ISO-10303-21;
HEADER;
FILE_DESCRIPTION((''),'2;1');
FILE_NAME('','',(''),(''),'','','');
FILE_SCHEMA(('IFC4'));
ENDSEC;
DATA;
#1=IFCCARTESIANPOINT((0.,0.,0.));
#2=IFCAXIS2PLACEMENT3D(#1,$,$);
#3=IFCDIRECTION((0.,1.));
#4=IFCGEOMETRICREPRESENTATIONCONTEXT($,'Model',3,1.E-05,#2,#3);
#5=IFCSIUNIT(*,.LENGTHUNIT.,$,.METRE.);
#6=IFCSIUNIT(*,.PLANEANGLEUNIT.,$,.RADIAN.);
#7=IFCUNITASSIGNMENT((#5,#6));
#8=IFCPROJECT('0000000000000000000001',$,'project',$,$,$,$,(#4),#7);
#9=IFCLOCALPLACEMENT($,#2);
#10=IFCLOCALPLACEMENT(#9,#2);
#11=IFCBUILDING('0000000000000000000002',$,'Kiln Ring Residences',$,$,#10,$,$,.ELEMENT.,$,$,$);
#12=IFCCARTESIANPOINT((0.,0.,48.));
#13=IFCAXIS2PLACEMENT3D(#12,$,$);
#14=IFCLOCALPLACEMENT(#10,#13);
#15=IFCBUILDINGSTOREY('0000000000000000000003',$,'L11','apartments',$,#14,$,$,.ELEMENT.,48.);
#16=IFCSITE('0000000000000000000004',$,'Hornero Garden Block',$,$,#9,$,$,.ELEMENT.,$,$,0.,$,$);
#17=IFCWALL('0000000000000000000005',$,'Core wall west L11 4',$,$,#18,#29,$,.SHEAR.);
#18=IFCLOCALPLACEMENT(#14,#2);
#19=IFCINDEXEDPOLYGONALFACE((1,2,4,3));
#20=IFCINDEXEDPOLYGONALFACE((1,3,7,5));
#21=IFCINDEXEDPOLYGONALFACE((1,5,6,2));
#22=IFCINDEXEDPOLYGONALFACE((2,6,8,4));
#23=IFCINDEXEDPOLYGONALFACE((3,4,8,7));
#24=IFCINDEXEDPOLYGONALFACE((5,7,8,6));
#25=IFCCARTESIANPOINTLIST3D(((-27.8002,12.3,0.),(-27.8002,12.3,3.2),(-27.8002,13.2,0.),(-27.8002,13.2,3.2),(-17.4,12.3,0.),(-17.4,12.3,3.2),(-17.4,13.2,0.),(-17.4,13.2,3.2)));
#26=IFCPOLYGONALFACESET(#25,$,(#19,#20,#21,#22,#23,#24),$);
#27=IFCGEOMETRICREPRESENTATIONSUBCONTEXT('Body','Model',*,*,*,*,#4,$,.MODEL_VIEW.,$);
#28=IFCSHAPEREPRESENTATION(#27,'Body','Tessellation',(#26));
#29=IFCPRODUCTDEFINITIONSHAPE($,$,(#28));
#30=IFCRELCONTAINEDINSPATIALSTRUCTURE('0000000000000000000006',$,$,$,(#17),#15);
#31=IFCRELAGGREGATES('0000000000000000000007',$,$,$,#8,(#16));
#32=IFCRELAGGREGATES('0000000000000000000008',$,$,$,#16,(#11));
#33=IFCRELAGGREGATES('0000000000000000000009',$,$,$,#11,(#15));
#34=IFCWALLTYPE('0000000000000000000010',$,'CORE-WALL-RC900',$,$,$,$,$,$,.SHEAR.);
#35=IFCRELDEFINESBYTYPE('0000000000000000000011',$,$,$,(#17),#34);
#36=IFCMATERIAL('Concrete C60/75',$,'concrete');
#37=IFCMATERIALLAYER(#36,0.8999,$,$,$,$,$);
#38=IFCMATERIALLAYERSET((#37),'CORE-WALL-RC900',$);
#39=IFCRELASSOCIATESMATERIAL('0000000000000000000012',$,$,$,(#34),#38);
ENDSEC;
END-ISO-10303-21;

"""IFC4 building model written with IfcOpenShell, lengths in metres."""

from ifc_helpers import new_model, si_unit, direction, frame, frame_2d, origin, place, context, subcontext, project, spatial, rectangle, extrude, material, layer, layer_set, type_object, element, save


model = new_model("IFC4")

# Units and contexts
model_context = context("Model", 3, precision=1e-05, world=origin(), true_north=direction((0.0, 1.0)))
body_context = subcontext(model_context, "Body", "Model", "MODEL_VIEW")
ifc_project = project(units=[si_unit("LENGTHUNIT", "METRE"), si_unit("PLANEANGLEUNIT", "RADIAN")], contexts=[model_context])

# Site, building, storey
site_placement = place(None, origin())
site = spatial("IfcSite", under=ifc_project, at=site_placement, Name="Hornero Garden Block", CompositionType="ELEMENT", RefElevation=0.0)
building_placement = place(site_placement, origin())
building = spatial("IfcBuilding", under=site, at=building_placement, Name="Kiln Ring Residences", CompositionType="ELEMENT")
storey_placement = place(building_placement, frame((0.0, 0.0, 48.0)))
storey = spatial("IfcBuildingStorey", under=building, at=storey_placement, Name="L11", Description="apartments", CompositionType="ELEMENT", Elevation=48.0)

# Wall
ifc_material_1 = material(Name="Concrete C60/75", Category="concrete")
ifc_layer_1 = layer(ifc_material_1, 0.8999)
ifc_layer_set_1 = layer_set([ifc_layer_1], Name="CORE-WALL-RC900")
wall_type_1 = type_object("IfcWallType", Name="CORE-WALL-RC900", PredefinedType="SHEAR", material=ifc_layer_set_1)
wall_1_placement = place(storey_placement, frame((-17.3999, 12.75, 0.0), z_axis=(0.0, 0.0, 1.0), x_axis=(-1.0, 0.0, 0.0)))
element("IfcWall", 1, at=wall_1_placement, inside=storey, type_object=wall_type_1, Name="Core wall west L11 4", PredefinedType="SHEAR", context=body_context, shape_type="SweptSolid", body=[
    extrude(rectangle(XDim=10.4001, YDim=0.8999, at=frame_2d((5.2002, 0.0))), origin(), (0.0, 0.0, 1.0), 3.2),
])

save(model, "model.ifc")
